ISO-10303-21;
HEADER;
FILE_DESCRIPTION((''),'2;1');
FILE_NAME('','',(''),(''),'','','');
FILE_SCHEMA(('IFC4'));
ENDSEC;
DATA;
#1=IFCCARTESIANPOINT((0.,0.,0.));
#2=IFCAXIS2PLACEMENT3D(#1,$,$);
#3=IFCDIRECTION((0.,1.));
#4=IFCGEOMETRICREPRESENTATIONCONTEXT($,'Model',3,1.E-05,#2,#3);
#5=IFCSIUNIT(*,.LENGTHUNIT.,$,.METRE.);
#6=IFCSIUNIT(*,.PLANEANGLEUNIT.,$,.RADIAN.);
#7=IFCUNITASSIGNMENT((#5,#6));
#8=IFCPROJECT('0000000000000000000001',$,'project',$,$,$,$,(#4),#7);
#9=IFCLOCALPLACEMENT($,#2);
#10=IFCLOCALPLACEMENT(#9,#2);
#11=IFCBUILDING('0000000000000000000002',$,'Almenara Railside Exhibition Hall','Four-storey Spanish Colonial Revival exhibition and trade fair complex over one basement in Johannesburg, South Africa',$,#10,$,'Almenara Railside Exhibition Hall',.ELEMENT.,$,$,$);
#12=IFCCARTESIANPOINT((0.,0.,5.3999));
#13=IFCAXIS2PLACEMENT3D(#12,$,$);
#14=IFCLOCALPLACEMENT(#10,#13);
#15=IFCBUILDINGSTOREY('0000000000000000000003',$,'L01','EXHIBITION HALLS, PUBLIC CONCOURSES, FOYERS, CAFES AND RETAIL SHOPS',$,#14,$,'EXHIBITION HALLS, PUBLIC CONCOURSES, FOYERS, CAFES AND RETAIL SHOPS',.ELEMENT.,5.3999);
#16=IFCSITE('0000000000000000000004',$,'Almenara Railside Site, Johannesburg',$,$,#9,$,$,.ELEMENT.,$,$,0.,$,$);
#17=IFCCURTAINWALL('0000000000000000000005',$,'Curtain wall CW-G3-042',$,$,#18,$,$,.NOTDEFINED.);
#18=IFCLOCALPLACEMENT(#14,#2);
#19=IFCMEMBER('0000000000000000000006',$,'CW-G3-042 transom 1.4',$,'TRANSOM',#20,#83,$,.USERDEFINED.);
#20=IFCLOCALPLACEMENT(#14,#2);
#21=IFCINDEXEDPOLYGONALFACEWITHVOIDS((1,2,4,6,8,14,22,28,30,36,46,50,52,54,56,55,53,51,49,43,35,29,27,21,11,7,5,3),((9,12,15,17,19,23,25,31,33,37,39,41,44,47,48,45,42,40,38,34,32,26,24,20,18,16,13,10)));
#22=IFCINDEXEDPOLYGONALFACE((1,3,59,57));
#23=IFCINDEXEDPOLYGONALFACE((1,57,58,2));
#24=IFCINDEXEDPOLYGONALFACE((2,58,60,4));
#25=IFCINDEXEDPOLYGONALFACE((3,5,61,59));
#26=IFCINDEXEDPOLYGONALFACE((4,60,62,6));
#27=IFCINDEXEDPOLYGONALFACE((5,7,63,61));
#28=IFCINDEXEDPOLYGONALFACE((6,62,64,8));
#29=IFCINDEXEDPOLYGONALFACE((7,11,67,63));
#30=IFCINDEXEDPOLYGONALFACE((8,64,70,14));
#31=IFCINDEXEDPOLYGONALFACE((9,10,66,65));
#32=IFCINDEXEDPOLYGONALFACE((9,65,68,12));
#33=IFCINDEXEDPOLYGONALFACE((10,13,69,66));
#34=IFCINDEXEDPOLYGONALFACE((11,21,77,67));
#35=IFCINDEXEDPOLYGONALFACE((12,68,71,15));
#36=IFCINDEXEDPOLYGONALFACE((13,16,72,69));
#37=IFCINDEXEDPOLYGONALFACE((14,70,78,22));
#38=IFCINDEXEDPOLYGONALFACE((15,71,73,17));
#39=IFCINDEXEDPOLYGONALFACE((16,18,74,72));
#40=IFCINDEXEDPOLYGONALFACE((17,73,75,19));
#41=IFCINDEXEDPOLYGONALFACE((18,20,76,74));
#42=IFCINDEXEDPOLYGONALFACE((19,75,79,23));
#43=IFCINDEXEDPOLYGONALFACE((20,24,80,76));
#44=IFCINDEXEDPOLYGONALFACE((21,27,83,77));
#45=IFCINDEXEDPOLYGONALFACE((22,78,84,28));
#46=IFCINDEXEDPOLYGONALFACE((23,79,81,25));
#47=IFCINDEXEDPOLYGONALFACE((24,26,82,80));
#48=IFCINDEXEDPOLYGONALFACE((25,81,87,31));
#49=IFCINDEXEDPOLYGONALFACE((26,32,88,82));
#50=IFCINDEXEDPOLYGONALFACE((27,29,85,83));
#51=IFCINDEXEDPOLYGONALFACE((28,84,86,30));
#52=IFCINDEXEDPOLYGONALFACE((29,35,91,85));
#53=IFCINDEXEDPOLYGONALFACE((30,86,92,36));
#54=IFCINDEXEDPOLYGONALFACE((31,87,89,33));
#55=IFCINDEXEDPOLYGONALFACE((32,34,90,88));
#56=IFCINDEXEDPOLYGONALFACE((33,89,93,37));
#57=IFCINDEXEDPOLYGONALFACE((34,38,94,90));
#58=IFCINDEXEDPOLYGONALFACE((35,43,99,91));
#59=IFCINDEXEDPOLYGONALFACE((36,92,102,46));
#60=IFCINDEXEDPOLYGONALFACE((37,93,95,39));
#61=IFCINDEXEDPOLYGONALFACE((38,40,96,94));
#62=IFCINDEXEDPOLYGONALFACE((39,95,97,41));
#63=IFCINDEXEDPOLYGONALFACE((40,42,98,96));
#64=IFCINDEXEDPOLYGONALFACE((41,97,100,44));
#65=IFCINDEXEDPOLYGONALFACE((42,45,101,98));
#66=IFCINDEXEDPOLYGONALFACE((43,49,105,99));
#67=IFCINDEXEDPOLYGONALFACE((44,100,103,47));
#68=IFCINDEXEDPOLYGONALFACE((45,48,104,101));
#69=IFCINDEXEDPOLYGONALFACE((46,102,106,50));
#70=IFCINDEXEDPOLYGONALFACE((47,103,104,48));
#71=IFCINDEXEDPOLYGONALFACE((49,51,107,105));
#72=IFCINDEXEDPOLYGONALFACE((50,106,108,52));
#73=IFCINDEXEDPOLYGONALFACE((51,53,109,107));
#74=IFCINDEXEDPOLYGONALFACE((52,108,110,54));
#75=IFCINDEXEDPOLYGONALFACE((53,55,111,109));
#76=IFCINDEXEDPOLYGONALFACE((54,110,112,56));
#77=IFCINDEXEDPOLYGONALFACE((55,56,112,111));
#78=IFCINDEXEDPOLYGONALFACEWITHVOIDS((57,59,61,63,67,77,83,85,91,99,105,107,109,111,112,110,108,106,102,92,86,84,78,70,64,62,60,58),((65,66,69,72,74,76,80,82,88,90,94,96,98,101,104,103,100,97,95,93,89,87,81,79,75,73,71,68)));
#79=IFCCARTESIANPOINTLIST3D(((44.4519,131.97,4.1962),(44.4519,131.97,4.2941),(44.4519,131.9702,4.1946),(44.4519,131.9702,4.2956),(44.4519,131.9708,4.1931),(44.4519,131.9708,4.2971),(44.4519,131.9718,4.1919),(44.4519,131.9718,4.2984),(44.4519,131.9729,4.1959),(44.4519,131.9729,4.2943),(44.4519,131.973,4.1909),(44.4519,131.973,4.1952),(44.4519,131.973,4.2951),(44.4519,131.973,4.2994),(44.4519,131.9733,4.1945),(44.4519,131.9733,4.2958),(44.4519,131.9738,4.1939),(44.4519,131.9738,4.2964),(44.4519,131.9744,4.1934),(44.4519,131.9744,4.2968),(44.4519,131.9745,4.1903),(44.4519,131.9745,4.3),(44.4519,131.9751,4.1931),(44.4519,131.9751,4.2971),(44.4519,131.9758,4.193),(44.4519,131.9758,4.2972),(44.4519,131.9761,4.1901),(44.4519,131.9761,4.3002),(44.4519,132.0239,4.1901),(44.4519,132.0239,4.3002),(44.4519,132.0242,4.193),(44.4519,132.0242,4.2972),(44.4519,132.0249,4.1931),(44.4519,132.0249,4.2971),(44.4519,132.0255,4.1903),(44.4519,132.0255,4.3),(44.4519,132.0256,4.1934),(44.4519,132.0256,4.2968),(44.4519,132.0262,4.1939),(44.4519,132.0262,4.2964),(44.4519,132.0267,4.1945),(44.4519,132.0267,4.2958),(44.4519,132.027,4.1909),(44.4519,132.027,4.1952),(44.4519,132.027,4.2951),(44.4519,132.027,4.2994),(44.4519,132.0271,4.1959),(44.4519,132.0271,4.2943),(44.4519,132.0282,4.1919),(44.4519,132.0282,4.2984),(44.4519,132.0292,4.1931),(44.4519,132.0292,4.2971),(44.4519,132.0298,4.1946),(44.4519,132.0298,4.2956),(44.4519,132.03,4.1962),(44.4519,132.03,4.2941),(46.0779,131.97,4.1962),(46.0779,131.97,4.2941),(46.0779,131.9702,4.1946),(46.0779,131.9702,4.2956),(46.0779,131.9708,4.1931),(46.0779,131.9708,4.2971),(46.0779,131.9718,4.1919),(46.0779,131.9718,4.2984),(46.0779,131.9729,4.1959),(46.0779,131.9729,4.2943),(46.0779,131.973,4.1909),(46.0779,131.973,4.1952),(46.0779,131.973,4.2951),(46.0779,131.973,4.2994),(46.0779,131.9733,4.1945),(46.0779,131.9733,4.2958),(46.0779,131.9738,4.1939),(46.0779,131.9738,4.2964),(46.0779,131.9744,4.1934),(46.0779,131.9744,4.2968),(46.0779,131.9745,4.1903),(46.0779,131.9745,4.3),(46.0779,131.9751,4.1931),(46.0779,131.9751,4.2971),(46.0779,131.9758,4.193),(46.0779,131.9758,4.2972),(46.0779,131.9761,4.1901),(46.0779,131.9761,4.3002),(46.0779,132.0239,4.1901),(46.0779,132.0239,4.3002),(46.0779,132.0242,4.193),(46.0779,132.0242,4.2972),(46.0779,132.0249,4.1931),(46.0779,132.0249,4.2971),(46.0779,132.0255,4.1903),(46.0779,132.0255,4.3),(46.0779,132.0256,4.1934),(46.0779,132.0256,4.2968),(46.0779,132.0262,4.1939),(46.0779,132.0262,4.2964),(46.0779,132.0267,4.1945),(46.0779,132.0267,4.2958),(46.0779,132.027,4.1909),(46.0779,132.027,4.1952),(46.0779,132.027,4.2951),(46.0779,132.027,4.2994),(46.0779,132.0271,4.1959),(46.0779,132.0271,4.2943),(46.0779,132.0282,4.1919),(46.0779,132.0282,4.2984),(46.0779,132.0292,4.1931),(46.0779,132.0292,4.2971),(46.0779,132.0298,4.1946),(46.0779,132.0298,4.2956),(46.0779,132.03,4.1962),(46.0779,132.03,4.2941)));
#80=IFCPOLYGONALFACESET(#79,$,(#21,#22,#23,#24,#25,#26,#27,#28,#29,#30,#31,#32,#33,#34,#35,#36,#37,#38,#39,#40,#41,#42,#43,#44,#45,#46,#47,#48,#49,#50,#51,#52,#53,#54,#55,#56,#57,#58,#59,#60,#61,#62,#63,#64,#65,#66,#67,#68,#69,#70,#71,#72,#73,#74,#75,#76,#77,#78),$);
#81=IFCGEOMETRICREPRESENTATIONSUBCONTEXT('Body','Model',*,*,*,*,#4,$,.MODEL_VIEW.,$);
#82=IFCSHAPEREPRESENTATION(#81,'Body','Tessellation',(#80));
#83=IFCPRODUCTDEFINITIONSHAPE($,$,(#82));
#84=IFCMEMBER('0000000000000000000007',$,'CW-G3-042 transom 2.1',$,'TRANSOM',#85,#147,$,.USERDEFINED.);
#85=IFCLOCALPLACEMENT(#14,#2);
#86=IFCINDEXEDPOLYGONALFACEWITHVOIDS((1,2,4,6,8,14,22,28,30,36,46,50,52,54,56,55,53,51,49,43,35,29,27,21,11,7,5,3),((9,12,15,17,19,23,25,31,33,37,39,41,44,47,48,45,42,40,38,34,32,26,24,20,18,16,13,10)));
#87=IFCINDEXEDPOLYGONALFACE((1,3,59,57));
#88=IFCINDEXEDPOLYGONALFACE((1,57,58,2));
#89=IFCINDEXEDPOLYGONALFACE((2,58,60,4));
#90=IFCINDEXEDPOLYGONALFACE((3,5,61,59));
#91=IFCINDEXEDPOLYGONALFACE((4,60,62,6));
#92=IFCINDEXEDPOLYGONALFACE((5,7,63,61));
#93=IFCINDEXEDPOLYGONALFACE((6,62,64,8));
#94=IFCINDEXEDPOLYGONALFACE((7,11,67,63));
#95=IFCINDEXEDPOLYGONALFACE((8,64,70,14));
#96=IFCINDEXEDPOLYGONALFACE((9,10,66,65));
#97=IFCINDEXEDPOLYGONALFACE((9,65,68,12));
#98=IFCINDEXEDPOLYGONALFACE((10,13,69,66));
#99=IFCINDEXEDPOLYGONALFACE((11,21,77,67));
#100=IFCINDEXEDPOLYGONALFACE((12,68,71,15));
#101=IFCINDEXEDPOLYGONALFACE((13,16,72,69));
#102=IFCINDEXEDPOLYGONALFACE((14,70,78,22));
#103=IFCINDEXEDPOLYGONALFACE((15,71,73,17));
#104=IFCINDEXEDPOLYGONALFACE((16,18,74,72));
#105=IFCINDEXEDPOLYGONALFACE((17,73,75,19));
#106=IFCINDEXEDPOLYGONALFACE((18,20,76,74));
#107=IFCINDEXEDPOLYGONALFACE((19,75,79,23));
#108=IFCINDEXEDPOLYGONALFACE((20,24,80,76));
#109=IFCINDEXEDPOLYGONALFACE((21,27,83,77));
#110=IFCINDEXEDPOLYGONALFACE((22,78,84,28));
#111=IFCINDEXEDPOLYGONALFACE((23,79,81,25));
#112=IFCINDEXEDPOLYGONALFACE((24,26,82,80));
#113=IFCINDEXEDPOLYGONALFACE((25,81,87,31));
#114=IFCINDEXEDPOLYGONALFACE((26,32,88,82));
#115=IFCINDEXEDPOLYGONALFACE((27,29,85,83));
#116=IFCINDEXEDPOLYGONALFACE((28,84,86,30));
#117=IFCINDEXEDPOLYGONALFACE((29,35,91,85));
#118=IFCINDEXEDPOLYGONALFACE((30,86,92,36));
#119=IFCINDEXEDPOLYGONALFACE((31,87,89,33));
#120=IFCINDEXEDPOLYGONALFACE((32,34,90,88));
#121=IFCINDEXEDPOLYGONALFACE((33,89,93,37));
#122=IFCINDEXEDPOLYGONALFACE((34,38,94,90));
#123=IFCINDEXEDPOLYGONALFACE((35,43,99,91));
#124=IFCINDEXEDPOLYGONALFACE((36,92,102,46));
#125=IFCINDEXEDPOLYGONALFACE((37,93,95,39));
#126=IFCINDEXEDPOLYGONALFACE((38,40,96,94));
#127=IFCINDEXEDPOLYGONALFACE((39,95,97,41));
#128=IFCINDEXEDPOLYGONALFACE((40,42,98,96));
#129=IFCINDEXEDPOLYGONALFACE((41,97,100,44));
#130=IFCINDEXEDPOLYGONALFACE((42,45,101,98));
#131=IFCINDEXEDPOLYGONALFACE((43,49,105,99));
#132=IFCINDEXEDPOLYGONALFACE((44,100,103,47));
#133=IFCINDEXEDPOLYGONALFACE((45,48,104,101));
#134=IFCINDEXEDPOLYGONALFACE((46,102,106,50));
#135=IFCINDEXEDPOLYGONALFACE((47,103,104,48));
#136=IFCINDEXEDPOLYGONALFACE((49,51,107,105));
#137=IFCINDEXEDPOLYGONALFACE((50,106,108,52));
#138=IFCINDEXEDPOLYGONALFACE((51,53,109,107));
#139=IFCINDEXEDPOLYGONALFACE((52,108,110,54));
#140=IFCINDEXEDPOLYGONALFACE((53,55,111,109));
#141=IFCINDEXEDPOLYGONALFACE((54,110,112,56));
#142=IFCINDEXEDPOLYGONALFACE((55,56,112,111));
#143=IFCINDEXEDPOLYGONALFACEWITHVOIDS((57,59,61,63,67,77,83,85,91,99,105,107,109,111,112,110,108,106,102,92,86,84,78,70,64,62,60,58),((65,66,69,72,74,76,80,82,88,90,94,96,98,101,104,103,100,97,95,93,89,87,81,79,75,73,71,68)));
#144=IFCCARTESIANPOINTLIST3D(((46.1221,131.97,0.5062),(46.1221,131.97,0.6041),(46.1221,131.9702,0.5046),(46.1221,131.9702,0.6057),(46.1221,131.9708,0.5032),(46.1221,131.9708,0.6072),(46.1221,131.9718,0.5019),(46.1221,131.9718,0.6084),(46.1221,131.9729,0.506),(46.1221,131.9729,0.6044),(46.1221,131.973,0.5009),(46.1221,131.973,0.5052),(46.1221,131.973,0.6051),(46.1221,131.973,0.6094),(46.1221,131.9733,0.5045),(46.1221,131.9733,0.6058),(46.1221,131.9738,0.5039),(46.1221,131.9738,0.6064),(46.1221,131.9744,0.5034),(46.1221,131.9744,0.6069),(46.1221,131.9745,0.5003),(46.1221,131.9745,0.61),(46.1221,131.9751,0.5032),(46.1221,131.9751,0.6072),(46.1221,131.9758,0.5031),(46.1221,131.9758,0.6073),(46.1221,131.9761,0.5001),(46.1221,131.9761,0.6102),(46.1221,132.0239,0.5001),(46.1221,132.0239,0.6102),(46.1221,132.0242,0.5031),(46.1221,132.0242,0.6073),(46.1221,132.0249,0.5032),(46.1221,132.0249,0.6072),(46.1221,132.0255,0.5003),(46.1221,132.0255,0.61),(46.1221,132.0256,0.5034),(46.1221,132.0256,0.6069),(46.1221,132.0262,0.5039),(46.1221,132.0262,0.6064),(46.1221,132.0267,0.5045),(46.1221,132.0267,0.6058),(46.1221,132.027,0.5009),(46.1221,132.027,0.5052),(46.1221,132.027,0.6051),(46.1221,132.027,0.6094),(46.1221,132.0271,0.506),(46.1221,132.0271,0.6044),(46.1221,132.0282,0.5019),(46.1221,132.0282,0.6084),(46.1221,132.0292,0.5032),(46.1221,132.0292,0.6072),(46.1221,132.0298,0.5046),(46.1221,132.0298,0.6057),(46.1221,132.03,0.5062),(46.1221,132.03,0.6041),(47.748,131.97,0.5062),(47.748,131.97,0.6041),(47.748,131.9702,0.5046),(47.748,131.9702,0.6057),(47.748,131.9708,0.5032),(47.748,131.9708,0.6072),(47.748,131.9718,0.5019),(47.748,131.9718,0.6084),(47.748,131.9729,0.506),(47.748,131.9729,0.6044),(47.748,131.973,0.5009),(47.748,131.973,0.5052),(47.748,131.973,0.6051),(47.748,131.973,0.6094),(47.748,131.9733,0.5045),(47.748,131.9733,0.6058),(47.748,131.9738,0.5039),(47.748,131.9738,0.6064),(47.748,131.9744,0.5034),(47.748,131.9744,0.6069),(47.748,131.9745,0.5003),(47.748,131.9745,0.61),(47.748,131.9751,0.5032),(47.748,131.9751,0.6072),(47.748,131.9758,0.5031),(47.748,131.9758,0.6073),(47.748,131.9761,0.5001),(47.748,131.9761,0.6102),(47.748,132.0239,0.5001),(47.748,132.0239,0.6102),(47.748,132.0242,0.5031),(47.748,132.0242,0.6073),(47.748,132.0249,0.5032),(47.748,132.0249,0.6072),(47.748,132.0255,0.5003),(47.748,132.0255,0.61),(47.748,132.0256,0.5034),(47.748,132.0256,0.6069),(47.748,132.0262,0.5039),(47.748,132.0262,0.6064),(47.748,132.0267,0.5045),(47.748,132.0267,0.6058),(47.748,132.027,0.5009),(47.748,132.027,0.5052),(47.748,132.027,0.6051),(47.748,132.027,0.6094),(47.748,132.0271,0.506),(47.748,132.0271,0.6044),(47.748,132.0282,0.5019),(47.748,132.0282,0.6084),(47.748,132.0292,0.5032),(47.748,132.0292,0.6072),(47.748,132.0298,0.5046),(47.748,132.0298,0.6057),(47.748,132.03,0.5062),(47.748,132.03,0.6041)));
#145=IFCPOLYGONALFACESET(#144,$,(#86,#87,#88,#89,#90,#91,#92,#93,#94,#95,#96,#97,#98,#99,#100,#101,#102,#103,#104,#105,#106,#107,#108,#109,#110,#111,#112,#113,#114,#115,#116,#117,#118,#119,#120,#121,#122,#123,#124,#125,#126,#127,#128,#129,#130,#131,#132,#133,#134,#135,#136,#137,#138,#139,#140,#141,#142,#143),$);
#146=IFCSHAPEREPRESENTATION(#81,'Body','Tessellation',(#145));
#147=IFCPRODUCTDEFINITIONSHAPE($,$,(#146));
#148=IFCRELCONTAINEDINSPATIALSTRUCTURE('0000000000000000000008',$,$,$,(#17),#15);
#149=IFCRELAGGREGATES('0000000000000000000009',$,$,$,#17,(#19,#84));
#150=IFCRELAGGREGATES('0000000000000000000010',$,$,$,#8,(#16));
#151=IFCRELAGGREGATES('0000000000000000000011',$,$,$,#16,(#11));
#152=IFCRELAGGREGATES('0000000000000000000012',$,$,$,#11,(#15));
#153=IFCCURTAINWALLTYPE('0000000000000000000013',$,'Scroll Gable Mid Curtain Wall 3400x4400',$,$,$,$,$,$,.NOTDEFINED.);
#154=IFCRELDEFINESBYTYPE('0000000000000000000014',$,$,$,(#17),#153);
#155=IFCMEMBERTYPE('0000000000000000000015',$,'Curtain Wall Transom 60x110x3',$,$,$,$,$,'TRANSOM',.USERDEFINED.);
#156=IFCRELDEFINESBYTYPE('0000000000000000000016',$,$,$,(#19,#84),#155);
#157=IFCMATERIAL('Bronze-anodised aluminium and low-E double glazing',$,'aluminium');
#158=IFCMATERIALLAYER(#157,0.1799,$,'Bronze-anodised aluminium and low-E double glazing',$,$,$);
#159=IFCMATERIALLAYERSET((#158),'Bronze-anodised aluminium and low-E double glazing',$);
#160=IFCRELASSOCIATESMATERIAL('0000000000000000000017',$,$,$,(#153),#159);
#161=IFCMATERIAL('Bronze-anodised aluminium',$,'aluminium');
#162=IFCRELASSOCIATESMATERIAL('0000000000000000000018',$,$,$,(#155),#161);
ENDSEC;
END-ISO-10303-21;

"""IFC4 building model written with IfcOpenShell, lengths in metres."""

from ifc_helpers import new_model, si_unit, direction, frame, origin, origin_2d, place, context, subcontext, project, spatial, hollow_rectangle, extrude, material, layer, layer_set, material_profile, profile_set, type_object, element, aggregate, save


model = new_model("IFC4")

# Units and contexts
model_context = context("Model", 3, precision=1e-05, world=origin(), true_north=direction((0.0, 1.0)))
body_context = subcontext(model_context, "Body", "Model", "MODEL_VIEW")
ifc_project = project(units=[si_unit("LENGTHUNIT", "METRE"), si_unit("PLANEANGLEUNIT", "RADIAN")], contexts=[model_context])

# Site, building, storey
site_placement = place(None, origin())
site = spatial("IfcSite", under=ifc_project, at=site_placement, Name="Almenara Railside Site, Johannesburg", CompositionType="ELEMENT", RefElevation=0.0)
building_placement = place(site_placement, origin())
building = spatial("IfcBuilding", under=site, at=building_placement, Name="Almenara Railside Exhibition Hall", Description="Four-storey Spanish Colonial Revival exhibition and trade fair complex over one basement in Johannesburg, South Africa", LongName="Almenara Railside Exhibition Hall", CompositionType="ELEMENT")
storey_placement = place(building_placement, frame((0.0, 0.0, 5.3999)))
storey = spatial("IfcBuildingStorey", under=building, at=storey_placement, Name="L01", Description="EXHIBITION HALLS, PUBLIC CONCOURSES, FOYERS, CAFES AND RETAIL SHOPS", LongName="EXHIBITION HALLS, PUBLIC CONCOURSES, FOYERS, CAFES AND RETAIL SHOPS", CompositionType="ELEMENT", Elevation=5.3999)

# Curtain wall
ifc_material_1 = material(Name="Bronze-anodised aluminium and low-E double glazing", Category="aluminium")
ifc_layer_1 = layer(ifc_material_1, 0.1799, Name="Bronze-anodised aluminium and low-E double glazing")
ifc_layer_set_1 = layer_set([ifc_layer_1], Name="Bronze-anodised aluminium and low-E double glazing")
curtain_wall_type = type_object("IfcCurtainWallType", Name="Scroll Gable Mid Curtain Wall 3400x4400", PredefinedType="NOTDEFINED", material=ifc_layer_set_1)
curtain_wall_1_placement = place(storey_placement, origin())
curtain_wall_1 = element("IfcCurtainWall", 1, at=curtain_wall_1_placement, inside=storey, type_object=curtain_wall_type, Name="Curtain wall CW-G3-042", PredefinedType="NOTDEFINED")
ifc_material_2 = material(Name="Bronze-anodised aluminium", Category="aluminium")

# Members
ifc_material_profile_1 = material_profile(ifc_material_2, hollow_rectangle(XDim=0.0601, YDim=0.1101, WallThickness=0.0029, InnerFilletRadius=0.0029, OuterFilletRadius=0.0061, at=origin_2d()), Name="ALU-TRN 60x110x3")
ifc_profile_set_1 = profile_set([ifc_material_profile_1], Name="Bronze-anodised aluminium")
member_type_1 = type_object("IfcMemberType", Name="Curtain Wall Transom 60x110x3", ElementType="TRANSOM", PredefinedType="USERDEFINED", material=ifc_profile_set_1)
member_1_placement = place(storey_placement, frame((44.4519, 132.0, 4.2451), z_axis=(1.0, 0.0, 0.0), x_axis=(0.0, 1.0, 0.0)))
member_1 = element("IfcMember", 2, at=member_1_placement, type_object=member_type_1, Name="CW-G3-042 transom 1.4", ObjectType="TRANSOM", PredefinedType="USERDEFINED", context=body_context, shape_type="SweptSolid", body=[
    extrude(hollow_rectangle(XDim=0.0601, YDim=0.1101, WallThickness=0.0029, InnerFilletRadius=0.0029, OuterFilletRadius=0.0061, at=origin_2d()), origin(), (0.0, 0.0, 1.0), 1.626),
])
member_2_placement = place(storey_placement, frame((46.1221, 132.0, 0.5552), z_axis=(1.0, 0.0, 0.0), x_axis=(0.0, 1.0, 0.0)))
member_2 = element("IfcMember", 3, at=member_2_placement, type_object=member_type_1, Name="CW-G3-042 transom 2.1", ObjectType="TRANSOM", PredefinedType="USERDEFINED", context=body_context, shape_type="SweptSolid", body=[
    extrude(hollow_rectangle(XDim=0.0601, YDim=0.1101, WallThickness=0.0029, InnerFilletRadius=0.0029, OuterFilletRadius=0.0061, at=origin_2d()), origin(), (0.0, 0.0, 1.0), 1.626),
])

aggregate(curtain_wall_1, [member_1, member_2])

save(model, "model.ifc")
